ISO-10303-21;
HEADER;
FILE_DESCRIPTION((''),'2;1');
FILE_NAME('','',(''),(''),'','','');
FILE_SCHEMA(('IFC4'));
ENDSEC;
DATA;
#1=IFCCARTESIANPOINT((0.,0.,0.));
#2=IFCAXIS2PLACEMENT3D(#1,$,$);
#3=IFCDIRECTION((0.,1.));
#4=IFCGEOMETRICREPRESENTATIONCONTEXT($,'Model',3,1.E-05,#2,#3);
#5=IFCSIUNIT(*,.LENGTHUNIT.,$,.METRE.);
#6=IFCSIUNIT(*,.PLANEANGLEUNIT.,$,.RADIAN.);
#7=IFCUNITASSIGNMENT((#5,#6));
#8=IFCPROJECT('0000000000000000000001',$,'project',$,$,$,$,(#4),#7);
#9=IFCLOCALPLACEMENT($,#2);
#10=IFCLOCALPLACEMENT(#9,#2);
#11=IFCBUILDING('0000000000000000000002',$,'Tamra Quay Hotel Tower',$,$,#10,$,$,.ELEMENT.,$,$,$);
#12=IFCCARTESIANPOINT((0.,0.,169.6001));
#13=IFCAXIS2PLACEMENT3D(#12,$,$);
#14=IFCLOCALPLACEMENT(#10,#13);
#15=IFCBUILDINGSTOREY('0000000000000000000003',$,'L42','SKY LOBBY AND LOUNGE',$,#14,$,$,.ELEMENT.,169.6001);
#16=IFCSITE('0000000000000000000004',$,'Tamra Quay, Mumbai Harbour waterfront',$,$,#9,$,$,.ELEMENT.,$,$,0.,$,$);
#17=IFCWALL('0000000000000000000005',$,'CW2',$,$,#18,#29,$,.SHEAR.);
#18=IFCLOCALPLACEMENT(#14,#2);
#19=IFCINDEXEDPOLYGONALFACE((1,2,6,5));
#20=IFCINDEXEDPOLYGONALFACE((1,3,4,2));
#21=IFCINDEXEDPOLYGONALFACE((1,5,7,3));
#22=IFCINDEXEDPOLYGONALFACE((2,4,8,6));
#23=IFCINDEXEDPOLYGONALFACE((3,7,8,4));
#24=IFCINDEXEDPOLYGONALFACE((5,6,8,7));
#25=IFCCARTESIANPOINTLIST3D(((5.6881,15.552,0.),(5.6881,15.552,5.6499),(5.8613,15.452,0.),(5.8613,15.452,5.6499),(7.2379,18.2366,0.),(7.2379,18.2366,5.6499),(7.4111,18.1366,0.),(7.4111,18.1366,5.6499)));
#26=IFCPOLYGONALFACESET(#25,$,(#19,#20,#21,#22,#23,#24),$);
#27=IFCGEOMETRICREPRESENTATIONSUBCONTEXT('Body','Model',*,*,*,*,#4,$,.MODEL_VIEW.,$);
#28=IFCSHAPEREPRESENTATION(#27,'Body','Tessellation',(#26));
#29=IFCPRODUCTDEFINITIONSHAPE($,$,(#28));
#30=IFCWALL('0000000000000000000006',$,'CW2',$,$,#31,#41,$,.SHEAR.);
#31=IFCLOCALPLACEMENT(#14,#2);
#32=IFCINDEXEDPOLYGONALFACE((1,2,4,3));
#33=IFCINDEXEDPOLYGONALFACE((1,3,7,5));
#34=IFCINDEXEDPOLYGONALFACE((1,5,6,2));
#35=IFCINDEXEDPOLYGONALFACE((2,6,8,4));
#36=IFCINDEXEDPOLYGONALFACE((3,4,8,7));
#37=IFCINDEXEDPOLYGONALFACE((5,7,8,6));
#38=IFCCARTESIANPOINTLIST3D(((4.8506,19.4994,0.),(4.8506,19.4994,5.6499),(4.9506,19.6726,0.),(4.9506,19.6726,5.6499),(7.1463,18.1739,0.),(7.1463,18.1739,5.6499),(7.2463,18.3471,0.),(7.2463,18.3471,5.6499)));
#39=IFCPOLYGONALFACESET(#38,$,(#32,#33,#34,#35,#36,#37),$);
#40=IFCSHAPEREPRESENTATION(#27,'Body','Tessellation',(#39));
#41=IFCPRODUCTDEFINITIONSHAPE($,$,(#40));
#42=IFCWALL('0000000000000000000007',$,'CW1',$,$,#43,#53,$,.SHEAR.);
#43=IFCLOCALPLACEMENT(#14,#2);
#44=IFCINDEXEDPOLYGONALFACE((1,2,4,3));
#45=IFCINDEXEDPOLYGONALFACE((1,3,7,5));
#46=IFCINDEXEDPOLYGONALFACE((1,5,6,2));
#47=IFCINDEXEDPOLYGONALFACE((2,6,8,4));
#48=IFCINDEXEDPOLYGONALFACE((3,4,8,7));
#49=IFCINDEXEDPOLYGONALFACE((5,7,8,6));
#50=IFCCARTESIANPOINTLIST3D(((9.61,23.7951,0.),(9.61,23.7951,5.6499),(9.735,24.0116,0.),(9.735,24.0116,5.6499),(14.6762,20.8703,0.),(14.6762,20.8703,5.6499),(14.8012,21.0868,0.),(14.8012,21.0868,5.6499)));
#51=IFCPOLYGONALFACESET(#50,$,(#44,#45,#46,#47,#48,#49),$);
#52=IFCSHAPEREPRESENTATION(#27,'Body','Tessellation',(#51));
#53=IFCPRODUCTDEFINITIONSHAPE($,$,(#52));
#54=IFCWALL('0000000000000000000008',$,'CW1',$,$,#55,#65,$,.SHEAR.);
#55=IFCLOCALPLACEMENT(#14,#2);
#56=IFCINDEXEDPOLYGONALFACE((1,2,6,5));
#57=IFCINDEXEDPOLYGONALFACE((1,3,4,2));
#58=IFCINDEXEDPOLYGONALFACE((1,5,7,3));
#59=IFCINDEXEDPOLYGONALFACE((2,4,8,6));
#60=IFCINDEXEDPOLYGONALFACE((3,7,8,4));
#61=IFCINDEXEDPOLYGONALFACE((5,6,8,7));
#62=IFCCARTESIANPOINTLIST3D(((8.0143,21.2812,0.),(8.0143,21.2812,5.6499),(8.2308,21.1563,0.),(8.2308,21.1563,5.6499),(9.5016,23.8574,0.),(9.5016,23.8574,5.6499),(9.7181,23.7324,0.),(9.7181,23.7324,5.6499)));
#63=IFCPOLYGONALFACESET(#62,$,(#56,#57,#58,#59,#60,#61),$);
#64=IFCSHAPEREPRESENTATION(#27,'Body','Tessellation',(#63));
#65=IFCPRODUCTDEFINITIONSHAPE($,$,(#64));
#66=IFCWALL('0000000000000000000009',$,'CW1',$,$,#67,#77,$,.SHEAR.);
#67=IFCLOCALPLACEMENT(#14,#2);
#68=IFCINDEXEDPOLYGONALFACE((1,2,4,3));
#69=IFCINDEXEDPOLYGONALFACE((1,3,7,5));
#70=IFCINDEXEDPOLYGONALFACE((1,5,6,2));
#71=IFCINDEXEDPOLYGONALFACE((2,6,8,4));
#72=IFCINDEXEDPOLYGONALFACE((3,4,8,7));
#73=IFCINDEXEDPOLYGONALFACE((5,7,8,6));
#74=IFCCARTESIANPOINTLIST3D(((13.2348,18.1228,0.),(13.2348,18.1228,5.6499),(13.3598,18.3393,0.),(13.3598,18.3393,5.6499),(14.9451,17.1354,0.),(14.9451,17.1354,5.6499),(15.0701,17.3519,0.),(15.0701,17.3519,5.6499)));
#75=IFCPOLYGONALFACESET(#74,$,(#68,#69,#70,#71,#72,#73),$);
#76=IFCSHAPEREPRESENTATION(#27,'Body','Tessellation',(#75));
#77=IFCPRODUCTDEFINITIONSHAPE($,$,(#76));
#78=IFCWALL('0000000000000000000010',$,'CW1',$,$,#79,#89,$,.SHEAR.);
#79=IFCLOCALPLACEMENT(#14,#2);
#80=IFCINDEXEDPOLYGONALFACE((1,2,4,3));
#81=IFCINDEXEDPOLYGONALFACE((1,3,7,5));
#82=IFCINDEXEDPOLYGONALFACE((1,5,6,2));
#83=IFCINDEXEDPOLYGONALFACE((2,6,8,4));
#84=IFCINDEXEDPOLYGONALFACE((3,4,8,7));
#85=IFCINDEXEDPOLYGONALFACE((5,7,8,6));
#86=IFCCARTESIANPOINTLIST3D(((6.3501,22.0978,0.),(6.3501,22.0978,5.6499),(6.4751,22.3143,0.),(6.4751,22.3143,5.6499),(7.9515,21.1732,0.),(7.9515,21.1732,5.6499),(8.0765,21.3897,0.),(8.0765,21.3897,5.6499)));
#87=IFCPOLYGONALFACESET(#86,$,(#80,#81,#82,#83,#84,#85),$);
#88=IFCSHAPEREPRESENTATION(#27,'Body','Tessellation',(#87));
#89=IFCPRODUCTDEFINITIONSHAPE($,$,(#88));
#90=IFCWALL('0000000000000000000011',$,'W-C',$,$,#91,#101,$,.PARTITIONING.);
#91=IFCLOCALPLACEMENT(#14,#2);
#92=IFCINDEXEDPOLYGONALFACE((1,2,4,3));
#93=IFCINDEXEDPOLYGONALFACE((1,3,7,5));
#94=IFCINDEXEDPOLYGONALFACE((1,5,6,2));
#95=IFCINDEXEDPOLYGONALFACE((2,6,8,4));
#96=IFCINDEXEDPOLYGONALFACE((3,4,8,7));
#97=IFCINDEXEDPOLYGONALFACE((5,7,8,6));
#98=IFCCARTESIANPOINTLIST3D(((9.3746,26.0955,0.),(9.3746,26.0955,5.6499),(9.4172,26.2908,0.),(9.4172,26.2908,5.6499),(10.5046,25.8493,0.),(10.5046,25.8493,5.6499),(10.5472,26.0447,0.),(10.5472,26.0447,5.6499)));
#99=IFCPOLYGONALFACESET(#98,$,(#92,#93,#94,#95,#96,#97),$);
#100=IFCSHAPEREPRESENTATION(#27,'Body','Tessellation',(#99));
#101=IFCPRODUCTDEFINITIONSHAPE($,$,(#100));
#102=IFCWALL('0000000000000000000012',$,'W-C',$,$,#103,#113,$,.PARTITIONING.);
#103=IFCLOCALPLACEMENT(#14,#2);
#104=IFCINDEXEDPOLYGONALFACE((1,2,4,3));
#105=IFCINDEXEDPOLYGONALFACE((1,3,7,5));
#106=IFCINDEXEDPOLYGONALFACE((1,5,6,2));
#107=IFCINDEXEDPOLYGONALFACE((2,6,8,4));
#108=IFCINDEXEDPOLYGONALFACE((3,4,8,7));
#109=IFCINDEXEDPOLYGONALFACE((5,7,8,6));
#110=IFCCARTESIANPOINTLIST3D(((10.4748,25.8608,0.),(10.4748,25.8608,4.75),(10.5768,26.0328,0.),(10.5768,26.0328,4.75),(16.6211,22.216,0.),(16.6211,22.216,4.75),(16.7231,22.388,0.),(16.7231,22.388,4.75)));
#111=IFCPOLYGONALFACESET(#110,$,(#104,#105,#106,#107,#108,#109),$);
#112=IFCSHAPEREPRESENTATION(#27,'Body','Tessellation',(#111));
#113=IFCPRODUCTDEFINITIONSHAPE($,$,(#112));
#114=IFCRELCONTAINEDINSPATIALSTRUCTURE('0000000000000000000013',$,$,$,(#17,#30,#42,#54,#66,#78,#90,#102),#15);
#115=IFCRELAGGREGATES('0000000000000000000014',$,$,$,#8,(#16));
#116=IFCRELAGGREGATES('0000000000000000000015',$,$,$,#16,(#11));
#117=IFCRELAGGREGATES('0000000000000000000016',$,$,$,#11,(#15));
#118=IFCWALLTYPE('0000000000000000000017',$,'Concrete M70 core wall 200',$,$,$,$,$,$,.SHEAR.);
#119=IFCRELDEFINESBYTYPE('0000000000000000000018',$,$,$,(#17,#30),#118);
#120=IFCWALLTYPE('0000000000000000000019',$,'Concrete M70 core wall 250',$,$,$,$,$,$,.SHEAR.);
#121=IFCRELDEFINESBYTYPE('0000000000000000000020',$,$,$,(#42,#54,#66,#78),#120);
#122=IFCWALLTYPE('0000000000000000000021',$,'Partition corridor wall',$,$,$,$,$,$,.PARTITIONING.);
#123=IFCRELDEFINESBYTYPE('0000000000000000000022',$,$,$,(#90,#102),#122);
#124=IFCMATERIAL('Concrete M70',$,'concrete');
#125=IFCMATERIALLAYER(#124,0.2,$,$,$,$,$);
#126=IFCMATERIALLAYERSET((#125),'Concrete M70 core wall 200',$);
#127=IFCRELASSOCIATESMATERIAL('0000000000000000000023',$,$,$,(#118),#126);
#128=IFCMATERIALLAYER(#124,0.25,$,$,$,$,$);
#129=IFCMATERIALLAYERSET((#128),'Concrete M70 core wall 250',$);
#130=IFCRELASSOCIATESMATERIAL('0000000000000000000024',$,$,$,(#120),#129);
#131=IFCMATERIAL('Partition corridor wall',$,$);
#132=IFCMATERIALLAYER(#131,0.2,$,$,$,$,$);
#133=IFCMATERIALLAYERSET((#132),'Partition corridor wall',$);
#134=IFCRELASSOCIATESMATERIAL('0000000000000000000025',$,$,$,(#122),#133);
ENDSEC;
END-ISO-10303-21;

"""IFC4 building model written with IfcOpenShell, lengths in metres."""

from ifc_helpers import new_model, si_unit, direction, frame, frame_2d, origin, place, context, subcontext, project, spatial, rectangle, extrude, material, layer, layer_set, type_object, element, save


model = new_model("IFC4")

# Units and contexts
model_context = context("Model", 3, precision=1e-05, world=origin(), true_north=direction((0.0, 1.0)))
body_context = subcontext(model_context, "Body", "Model", "MODEL_VIEW")
ifc_project = project(units=[si_unit("LENGTHUNIT", "METRE"), si_unit("PLANEANGLEUNIT", "RADIAN")], contexts=[model_context])

# Site, building, storey
site_placement = place(None, origin())
site = spatial("IfcSite", under=ifc_project, at=site_placement, Name="Tamra Quay, Mumbai Harbour waterfront", CompositionType="ELEMENT", RefElevation=0.0)
building_placement = place(site_placement, origin())
building = spatial("IfcBuilding", under=site, at=building_placement, Name="Tamra Quay Hotel Tower", CompositionType="ELEMENT")
storey_placement = place(building_placement, frame((0.0, 0.0, 169.6001)))
storey = spatial("IfcBuildingStorey", under=building, at=storey_placement, Name="L42", Description="SKY LOBBY AND LOUNGE", CompositionType="ELEMENT", Elevation=169.6001)

# Shared definitions
ifc_material_1 = material(Name="Concrete M70", Category="concrete")

# Shared definitions
ifc_layer_1 = layer(ifc_material_1, 0.2)
ifc_layer_set_1 = layer_set([ifc_layer_1], Name="Concrete M70 core wall 200")
wall_type_1 = type_object("IfcWallType", Name="Concrete M70 core wall 200", PredefinedType="SHEAR", material=ifc_layer_set_1)

# Walls
wall_1_placement = place(storey_placement, frame((7.3245, 18.1865, 0.0), z_axis=(0.0, 0.0, 1.0), x_axis=(-0.499968, -0.866044, 0.0)))
element("IfcWall", 1, at=wall_1_placement, inside=storey, type_object=wall_type_1, Name="CW2", PredefinedType="SHEAR", context=body_context, shape_type="SweptSolid", body=[
    extrude(rectangle(XDim=3.0999, YDim=0.2, at=frame_2d((1.5498, 0.0))), origin(), (0.0, 0.0, 1.0), 5.6499),
])
wall_2_placement = place(storey_placement, frame((7.1963, 18.2605, 0.0), z_axis=(0.0, 0.0, 1.0), x_axis=(-0.866018, 0.500012, 0.0)))
element("IfcWall", 2, at=wall_2_placement, inside=storey, type_object=wall_type_1, Name="CW2", PredefinedType="SHEAR", context=body_context, shape_type="SweptSolid", body=[
    extrude(rectangle(XDim=2.6509, YDim=0.2, at=frame_2d((1.3254, 0.0))), origin(), (0.0, 0.0, 1.0), 5.6499),
])
ifc_layer_2 = layer(ifc_material_1, 0.25)
ifc_layer_set_2 = layer_set([ifc_layer_2], Name="Concrete M70 core wall 250")
wall_type_2 = type_object("IfcWallType", Name="Concrete M70 core wall 250", PredefinedType="SHEAR", material=ifc_layer_set_2)
wall_3_placement = place(storey_placement, frame((9.6726, 23.9033, 0.0), z_axis=(0.0, 0.0, 1.0), x_axis=(0.866036, -0.499981, 0.0)))
element("IfcWall", 3, at=wall_3_placement, inside=storey, type_object=wall_type_2, Name="CW1", PredefinedType="SHEAR", context=body_context, shape_type="SweptSolid", body=[
    extrude(rectangle(XDim=5.8499, YDim=0.25, at=frame_2d((2.9248, 0.0))), origin(), (0.0, 0.0, 1.0), 5.6499),
])
wall_4_placement = place(storey_placement, frame((8.1226, 21.2188, 0.0), z_axis=(0.0, 0.0, 1.0), x_axis=(0.499988, 0.866033, 0.0)))
element("IfcWall", 4, at=wall_4_placement, inside=storey, type_object=wall_type_2, Name="CW1", PredefinedType="SHEAR", context=body_context, shape_type="SweptSolid", body=[
    extrude(rectangle(XDim=2.9746, YDim=0.25, at=frame_2d((1.4873, 0.0))), origin(), (0.0, 0.0, 1.0), 5.6499),
])
wall_5_placement = place(storey_placement, frame((13.2974, 18.231, 0.0), z_axis=(0.0, 0.0, 1.0), x_axis=(0.866044, -0.499969, 0.0)))
element("IfcWall", 5, at=wall_5_placement, inside=storey, type_object=wall_type_2, Name="CW1", PredefinedType="SHEAR", context=body_context, shape_type="SweptSolid", body=[
    extrude(rectangle(XDim=1.9749, YDim=0.25, at=frame_2d((0.9873, 0.0))), origin(), (0.0, 0.0, 1.0), 5.6499),
])
wall_6_placement = place(storey_placement, frame((6.4126, 22.2061, 0.0), z_axis=(0.0, 0.0, 1.0), x_axis=(0.866016, -0.500016, 0.0)))
element("IfcWall", 6, at=wall_6_placement, inside=storey, type_object=wall_type_2, Name="CW1", PredefinedType="SHEAR", context=body_context, shape_type="SweptSolid", body=[
    extrude(rectangle(XDim=1.8491, YDim=0.25, at=frame_2d((0.9246, 0.0))), origin(), (0.0, 0.0, 1.0), 5.6499),
])
ifc_material_2 = material(Name="Partition corridor wall")
ifc_layer_3 = layer(ifc_material_2, 0.2)
ifc_layer_set_3 = layer_set([ifc_layer_3], Name="Partition corridor wall")
wall_type_3 = type_object("IfcWallType", Name="Partition corridor wall", PredefinedType="PARTITIONING", material=ifc_layer_set_3)
wall_7_placement = place(storey_placement, frame((9.396, 26.1931, 0.0), z_axis=(0.0, 0.0, 1.0), x_axis=(0.977092, -0.212815, 0.0)))
element("IfcWall", 7, at=wall_7_placement, inside=storey, type_object=wall_type_3, Name="W-C", PredefinedType="PARTITIONING", context=body_context, shape_type="SweptSolid", body=[
    extrude(rectangle(XDim=1.1565, YDim=0.2, at=frame_2d((0.5781, 0.0))), origin(), (0.0, 0.0, 1.0), 5.6499),
])
wall_8_placement = place(storey_placement, frame((10.5259, 25.9468, 0.0), z_axis=(0.0, 0.0, 1.0), x_axis=(0.860134, -0.510067, 0.0)))
element("IfcWall", 8, at=wall_8_placement, inside=storey, type_object=wall_type_3, Name="W-C", PredefinedType="PARTITIONING", context=body_context, shape_type="SweptSolid", body=[
    extrude(rectangle(XDim=7.1458, YDim=0.2, at=frame_2d((3.5728, 0.0))), origin(), (0.0, 0.0, 1.0), 4.75),
])

save(model, "model.ifc")
